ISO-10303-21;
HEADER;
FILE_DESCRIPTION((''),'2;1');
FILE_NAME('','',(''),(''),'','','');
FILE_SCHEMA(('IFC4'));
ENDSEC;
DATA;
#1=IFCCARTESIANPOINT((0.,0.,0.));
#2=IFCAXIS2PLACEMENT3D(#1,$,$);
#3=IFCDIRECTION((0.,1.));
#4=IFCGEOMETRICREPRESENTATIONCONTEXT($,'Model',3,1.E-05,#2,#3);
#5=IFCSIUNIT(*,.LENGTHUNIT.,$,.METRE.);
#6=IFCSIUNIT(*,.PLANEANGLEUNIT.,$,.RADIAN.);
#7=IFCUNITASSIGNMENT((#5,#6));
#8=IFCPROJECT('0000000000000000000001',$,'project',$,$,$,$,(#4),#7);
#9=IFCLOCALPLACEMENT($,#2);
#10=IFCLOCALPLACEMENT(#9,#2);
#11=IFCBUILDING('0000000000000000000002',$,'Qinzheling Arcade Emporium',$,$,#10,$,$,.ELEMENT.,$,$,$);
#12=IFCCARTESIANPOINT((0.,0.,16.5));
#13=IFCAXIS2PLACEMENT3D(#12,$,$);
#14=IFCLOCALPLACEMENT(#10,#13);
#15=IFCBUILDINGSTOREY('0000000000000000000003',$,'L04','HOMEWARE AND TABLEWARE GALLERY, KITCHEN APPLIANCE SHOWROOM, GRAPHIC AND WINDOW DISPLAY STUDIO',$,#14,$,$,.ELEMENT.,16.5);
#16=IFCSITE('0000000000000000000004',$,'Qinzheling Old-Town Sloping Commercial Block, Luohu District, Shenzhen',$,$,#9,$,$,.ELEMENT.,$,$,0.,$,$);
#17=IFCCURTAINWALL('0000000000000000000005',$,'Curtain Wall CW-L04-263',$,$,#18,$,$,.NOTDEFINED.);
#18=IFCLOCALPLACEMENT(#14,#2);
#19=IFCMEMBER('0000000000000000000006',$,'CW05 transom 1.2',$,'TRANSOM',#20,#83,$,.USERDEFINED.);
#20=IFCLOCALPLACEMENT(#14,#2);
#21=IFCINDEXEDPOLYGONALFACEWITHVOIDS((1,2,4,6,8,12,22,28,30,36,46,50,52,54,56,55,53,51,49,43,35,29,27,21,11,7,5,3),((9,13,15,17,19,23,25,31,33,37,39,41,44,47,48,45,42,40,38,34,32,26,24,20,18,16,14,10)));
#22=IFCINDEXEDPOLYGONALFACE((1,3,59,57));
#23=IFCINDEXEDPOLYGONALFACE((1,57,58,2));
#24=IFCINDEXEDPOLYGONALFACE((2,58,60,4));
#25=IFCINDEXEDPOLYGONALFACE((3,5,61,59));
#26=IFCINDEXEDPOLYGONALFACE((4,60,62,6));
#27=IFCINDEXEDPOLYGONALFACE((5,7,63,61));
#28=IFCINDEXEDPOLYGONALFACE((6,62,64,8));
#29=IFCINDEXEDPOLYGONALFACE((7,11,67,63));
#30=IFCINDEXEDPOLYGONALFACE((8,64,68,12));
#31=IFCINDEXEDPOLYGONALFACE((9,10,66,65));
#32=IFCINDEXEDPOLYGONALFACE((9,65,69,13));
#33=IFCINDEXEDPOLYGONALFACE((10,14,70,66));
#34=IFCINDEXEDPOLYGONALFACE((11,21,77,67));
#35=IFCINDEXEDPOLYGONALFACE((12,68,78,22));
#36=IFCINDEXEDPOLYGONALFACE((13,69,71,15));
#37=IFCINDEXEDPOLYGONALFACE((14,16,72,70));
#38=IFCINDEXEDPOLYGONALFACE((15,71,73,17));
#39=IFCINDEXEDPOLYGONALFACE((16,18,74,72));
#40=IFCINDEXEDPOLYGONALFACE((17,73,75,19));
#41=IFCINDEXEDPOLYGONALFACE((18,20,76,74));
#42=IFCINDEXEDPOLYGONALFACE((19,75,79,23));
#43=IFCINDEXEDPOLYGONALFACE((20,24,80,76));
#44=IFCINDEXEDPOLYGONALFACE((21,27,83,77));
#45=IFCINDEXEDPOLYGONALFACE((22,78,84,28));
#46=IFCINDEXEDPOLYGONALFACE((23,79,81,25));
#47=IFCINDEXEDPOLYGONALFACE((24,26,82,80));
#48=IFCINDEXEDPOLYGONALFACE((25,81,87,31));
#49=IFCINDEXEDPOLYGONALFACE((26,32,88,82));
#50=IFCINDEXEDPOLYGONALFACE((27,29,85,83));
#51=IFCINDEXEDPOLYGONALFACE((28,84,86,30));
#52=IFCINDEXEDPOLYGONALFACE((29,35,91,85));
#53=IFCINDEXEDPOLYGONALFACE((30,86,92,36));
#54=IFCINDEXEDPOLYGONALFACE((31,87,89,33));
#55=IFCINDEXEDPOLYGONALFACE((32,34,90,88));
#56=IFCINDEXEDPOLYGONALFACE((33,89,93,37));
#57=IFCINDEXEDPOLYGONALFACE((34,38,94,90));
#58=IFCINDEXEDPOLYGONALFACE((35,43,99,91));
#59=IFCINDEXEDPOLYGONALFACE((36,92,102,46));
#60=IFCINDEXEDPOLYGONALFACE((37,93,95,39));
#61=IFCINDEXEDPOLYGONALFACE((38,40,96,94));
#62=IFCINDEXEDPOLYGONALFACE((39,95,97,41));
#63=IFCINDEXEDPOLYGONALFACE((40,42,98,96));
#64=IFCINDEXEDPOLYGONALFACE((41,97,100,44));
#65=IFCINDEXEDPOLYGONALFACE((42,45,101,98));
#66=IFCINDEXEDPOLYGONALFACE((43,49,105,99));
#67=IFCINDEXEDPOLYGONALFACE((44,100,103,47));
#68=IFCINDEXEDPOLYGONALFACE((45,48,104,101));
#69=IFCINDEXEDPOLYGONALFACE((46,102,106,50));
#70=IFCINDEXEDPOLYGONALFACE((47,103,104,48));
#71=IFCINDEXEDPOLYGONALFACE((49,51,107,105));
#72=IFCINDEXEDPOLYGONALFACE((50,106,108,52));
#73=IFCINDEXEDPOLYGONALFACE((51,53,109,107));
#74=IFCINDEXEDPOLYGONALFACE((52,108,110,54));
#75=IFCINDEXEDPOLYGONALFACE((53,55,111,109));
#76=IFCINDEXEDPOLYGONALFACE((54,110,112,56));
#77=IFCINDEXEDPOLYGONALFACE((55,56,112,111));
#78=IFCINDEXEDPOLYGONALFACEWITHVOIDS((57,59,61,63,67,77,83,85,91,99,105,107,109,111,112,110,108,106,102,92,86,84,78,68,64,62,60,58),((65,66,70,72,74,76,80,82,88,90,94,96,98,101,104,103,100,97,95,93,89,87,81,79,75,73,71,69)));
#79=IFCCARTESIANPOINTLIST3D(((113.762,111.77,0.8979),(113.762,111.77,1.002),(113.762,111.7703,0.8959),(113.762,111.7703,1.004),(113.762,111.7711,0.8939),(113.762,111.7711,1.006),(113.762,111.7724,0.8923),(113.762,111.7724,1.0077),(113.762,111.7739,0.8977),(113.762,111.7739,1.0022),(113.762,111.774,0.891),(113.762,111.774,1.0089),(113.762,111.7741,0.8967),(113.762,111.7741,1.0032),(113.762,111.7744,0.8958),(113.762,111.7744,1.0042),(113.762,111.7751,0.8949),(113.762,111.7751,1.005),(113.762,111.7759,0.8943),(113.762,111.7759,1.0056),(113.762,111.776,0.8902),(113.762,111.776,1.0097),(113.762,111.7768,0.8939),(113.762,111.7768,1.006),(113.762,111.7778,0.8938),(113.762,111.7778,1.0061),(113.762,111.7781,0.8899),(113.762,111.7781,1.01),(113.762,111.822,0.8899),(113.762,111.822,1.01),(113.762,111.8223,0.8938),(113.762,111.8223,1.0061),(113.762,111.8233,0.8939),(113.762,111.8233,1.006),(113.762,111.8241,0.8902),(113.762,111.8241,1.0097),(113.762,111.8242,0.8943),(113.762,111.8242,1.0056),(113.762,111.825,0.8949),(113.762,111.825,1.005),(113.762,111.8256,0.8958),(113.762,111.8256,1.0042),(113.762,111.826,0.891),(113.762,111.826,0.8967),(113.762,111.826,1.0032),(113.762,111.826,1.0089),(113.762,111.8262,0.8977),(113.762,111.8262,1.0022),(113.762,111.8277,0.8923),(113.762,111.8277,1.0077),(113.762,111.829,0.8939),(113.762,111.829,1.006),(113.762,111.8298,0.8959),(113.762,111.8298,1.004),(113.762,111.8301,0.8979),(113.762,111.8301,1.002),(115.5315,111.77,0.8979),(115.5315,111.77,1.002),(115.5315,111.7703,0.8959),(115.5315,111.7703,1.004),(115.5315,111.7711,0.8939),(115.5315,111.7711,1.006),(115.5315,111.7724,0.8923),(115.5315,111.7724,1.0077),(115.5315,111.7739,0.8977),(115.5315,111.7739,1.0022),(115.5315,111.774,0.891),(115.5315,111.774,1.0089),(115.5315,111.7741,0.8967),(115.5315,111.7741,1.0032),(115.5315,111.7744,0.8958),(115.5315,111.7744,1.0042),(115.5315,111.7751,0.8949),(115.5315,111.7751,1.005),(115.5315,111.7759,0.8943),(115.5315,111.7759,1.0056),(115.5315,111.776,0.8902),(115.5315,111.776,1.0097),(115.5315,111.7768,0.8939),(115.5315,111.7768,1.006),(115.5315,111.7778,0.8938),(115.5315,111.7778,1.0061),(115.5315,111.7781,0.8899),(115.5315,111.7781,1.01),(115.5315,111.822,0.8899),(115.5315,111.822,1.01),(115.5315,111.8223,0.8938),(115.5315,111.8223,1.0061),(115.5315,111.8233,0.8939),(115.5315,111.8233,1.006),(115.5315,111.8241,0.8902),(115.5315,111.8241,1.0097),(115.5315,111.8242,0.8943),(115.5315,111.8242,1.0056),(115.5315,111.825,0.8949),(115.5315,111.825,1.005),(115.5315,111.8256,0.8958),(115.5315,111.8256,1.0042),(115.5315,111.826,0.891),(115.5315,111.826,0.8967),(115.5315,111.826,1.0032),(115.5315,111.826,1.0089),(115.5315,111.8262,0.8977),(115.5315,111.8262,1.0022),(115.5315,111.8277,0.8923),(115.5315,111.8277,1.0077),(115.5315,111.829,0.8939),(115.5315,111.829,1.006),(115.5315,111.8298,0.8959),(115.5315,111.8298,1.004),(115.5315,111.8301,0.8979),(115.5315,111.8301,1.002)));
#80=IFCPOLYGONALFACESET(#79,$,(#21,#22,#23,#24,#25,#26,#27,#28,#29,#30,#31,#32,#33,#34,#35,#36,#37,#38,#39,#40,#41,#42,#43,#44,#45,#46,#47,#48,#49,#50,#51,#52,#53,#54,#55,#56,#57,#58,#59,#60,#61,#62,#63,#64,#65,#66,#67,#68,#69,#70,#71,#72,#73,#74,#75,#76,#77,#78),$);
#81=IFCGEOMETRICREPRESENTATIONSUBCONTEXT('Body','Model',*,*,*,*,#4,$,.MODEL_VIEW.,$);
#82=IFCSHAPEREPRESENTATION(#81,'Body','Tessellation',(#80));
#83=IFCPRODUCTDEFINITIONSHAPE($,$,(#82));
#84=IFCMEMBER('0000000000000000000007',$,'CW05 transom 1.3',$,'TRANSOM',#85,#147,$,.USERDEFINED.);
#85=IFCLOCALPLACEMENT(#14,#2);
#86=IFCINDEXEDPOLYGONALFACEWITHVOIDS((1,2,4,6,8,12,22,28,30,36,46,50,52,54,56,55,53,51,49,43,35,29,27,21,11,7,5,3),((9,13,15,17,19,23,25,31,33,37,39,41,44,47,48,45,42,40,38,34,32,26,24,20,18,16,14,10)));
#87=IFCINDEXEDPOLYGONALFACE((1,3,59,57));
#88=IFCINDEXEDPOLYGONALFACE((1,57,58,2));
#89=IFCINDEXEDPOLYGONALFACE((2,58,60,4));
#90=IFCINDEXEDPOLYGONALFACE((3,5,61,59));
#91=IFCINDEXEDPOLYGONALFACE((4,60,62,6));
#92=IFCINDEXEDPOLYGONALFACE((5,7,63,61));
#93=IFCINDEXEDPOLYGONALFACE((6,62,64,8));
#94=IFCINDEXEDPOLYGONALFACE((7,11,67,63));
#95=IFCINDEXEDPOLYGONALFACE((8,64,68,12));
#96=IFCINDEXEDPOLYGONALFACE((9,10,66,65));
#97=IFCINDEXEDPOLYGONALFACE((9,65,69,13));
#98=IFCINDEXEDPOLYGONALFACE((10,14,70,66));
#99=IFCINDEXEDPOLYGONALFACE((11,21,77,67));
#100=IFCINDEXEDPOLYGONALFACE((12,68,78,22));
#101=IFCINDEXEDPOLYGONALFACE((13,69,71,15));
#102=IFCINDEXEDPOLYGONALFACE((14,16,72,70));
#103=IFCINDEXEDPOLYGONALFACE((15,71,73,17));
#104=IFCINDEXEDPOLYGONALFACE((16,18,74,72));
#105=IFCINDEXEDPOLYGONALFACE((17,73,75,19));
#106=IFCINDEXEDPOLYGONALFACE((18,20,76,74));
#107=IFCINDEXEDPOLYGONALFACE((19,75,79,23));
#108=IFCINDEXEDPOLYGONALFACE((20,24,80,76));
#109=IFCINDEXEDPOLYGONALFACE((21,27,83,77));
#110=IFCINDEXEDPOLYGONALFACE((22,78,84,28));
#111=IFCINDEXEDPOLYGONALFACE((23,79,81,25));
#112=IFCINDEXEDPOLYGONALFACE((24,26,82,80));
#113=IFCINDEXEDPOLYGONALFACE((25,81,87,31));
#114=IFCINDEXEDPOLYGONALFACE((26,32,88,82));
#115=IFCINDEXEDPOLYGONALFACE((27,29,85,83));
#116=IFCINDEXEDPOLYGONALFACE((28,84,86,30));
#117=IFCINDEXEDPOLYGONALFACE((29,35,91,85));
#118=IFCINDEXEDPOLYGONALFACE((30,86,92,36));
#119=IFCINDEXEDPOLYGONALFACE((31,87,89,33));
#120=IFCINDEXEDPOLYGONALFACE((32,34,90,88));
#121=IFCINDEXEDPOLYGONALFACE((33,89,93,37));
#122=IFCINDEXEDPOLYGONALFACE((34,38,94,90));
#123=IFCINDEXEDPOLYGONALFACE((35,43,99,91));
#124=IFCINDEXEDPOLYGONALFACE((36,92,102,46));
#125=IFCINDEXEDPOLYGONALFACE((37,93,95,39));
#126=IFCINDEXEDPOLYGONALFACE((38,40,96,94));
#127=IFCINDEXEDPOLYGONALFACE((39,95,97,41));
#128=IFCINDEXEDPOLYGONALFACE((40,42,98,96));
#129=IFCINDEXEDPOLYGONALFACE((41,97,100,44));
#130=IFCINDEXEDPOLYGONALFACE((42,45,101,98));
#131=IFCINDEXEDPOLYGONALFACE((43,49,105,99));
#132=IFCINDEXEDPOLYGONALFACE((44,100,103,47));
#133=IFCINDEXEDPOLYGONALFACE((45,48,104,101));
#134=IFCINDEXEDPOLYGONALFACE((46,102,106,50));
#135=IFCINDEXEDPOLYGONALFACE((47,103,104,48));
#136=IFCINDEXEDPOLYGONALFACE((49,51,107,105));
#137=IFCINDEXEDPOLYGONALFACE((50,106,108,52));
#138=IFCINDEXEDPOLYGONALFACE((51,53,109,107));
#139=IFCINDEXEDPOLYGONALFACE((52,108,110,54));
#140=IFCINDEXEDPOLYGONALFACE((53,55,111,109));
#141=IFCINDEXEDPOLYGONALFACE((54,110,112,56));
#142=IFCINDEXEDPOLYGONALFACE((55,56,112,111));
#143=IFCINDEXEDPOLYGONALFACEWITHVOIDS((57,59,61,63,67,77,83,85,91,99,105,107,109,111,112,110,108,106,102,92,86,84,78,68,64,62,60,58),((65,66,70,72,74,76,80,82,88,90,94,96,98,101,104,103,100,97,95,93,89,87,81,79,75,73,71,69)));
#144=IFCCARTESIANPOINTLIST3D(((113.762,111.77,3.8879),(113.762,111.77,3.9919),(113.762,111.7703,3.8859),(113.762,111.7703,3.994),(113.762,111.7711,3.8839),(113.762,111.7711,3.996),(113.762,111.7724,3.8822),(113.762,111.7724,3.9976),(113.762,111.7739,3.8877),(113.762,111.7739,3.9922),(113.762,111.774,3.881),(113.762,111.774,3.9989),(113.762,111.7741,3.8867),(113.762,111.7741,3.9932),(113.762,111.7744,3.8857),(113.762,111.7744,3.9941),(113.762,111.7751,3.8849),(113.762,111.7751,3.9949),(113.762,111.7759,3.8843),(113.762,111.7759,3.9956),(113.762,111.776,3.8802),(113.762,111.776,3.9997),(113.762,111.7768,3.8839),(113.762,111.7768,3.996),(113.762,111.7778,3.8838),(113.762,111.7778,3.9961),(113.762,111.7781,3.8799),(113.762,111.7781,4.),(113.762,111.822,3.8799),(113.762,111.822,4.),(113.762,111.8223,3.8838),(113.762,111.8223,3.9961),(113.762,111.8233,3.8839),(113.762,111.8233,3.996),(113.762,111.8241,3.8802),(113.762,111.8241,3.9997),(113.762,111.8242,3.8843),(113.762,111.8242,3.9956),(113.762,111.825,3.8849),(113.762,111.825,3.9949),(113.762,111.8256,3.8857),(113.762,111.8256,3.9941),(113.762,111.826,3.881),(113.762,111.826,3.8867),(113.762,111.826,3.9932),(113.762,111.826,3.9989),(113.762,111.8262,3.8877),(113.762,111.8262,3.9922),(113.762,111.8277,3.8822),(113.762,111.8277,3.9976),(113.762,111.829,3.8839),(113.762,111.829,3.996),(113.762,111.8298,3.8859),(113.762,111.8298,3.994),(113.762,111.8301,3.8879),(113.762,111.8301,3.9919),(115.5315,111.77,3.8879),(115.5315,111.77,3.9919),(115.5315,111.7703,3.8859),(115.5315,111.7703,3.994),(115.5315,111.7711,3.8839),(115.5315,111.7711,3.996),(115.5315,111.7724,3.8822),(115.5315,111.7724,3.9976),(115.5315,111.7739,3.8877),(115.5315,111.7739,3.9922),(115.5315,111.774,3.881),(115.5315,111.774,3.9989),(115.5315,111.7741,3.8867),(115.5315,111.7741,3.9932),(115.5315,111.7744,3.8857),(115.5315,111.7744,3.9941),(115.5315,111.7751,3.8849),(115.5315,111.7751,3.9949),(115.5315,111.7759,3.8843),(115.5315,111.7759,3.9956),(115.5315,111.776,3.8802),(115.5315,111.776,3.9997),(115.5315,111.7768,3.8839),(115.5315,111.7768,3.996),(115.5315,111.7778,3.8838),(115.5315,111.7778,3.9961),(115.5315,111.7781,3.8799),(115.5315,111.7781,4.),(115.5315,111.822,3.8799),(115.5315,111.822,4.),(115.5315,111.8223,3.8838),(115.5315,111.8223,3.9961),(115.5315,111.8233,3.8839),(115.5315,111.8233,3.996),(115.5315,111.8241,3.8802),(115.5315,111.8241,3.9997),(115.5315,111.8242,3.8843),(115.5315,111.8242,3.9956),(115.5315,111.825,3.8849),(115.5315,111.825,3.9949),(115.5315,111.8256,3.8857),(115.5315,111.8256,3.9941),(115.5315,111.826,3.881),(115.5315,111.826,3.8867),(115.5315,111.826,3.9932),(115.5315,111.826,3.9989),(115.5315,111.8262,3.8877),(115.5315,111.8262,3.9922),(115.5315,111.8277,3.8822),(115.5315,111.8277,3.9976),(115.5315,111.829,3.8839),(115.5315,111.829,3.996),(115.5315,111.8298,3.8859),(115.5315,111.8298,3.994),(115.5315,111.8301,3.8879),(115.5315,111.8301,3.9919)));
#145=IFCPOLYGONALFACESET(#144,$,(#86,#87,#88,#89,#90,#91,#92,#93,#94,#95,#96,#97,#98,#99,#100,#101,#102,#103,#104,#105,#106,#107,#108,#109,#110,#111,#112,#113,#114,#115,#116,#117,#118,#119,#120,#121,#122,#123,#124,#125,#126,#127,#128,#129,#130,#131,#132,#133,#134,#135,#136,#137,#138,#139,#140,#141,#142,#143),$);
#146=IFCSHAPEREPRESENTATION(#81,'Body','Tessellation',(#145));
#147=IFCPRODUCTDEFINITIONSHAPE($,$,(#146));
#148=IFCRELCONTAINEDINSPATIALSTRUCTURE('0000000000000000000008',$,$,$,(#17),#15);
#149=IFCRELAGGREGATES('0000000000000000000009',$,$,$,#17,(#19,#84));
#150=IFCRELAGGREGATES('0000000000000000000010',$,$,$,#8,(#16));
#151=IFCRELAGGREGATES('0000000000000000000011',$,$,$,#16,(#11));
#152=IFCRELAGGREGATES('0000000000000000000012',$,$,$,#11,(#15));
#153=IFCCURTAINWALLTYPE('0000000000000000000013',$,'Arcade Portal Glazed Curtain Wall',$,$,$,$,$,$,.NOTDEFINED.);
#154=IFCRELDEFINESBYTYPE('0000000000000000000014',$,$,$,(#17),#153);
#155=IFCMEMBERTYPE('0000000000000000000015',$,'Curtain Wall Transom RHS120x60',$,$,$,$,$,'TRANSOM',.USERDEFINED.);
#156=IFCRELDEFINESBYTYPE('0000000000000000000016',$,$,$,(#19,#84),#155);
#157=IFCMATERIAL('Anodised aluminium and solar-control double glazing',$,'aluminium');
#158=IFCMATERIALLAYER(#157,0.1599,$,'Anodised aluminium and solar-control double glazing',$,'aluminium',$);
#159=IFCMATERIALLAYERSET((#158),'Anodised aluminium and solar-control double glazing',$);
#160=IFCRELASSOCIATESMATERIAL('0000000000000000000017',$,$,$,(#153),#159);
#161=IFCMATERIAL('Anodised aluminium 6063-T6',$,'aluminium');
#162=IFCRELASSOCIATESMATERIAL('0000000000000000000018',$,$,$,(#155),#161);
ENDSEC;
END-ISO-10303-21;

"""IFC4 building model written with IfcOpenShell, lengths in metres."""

from ifc_helpers import new_model, si_unit, direction, frame, origin, origin_2d, place, context, subcontext, project, spatial, hollow_rectangle, extrude, material, layer, layer_set, material_profile, profile_set, type_object, element, aggregate, save


model = new_model("IFC4")

# Units and contexts
model_context = context("Model", 3, precision=1e-05, world=origin(), true_north=direction((0.0, 1.0)))
body_context = subcontext(model_context, "Body", "Model", "MODEL_VIEW")
ifc_project = project(units=[si_unit("LENGTHUNIT", "METRE"), si_unit("PLANEANGLEUNIT", "RADIAN")], contexts=[model_context])

# Site, building, storey
site_placement = place(None, origin())
site = spatial("IfcSite", under=ifc_project, at=site_placement, Name="Qinzheling Old-Town Sloping Commercial Block, Luohu District, Shenzhen", CompositionType="ELEMENT", RefElevation=0.0)
building_placement = place(site_placement, origin())
building = spatial("IfcBuilding", under=site, at=building_placement, Name="Qinzheling Arcade Emporium", CompositionType="ELEMENT")
storey_placement = place(building_placement, frame((0.0, 0.0, 16.5)))
storey = spatial("IfcBuildingStorey", under=building, at=storey_placement, Name="L04", Description="HOMEWARE AND TABLEWARE GALLERY, KITCHEN APPLIANCE SHOWROOM, GRAPHIC AND WINDOW DISPLAY STUDIO", CompositionType="ELEMENT", Elevation=16.5)

# Shared definitions
ifc_material_1 = material(Name="Anodised aluminium and solar-control double glazing", Category="aluminium")
ifc_layer_1 = layer(ifc_material_1, 0.1599, Name="Anodised aluminium and solar-control double glazing", Category="aluminium")
ifc_layer_set_1 = layer_set([ifc_layer_1], Name="Anodised aluminium and solar-control double glazing")
curtain_wall_type = type_object("IfcCurtainWallType", Name="Arcade Portal Glazed Curtain Wall", PredefinedType="NOTDEFINED", material=ifc_layer_set_1)
ifc_material_2 = material(Name="Anodised aluminium 6063-T6", Category="aluminium")

# Curtain wall
curtain_wall_1_placement = place(storey_placement, origin())
curtain_wall_1 = element("IfcCurtainWall", 1, at=curtain_wall_1_placement, inside=storey, type_object=curtain_wall_type, Name="Curtain Wall CW-L04-263", PredefinedType="NOTDEFINED")

# Members
ifc_material_profile_1 = material_profile(ifc_material_2, hollow_rectangle(XDim=0.0601, YDim=0.1201, WallThickness=0.0039, InnerFilletRadius=0.0039, OuterFilletRadius=0.0081, at=origin_2d()), Name="RHS 120x60x4", Category="aluminium")
ifc_profile_set_1 = profile_set([ifc_material_profile_1], Name="Anodised aluminium 6063-T6")
member_type_1 = type_object("IfcMemberType", Name="Curtain Wall Transom RHS120x60", ElementType="TRANSOM", PredefinedType="USERDEFINED", material=ifc_profile_set_1)
member_1_placement = place(storey_placement, frame((113.762, 111.8, 0.95), z_axis=(1.0, 0.0, 0.0), x_axis=(0.0, 1.0, 0.0)))
member_1 = element("IfcMember", 2, at=member_1_placement, type_object=member_type_1, Name="CW05 transom 1.2", ObjectType="TRANSOM", PredefinedType="USERDEFINED", context=body_context, shape_type="SweptSolid", body=[
    extrude(hollow_rectangle(XDim=0.0601, YDim=0.1201, WallThickness=0.0039, InnerFilletRadius=0.0039, OuterFilletRadius=0.0081, at=origin_2d()), origin(), (0.0, 0.0, 1.0), 1.7695),
])
member_2_placement = place(storey_placement, frame((113.762, 111.8, 3.9399), z_axis=(1.0, 0.0, 0.0), x_axis=(0.0, 1.0, 0.0)))
member_2 = element("IfcMember", 3, at=member_2_placement, type_object=member_type_1, Name="CW05 transom 1.3", ObjectType="TRANSOM", PredefinedType="USERDEFINED", context=body_context, shape_type="SweptSolid", body=[
    extrude(hollow_rectangle(XDim=0.0601, YDim=0.1201, WallThickness=0.0039, InnerFilletRadius=0.0039, OuterFilletRadius=0.0081, at=origin_2d()), origin(), (0.0, 0.0, 1.0), 1.7695),
])

aggregate(curtain_wall_1, [member_1, member_2])

save(model, "model.ifc")
